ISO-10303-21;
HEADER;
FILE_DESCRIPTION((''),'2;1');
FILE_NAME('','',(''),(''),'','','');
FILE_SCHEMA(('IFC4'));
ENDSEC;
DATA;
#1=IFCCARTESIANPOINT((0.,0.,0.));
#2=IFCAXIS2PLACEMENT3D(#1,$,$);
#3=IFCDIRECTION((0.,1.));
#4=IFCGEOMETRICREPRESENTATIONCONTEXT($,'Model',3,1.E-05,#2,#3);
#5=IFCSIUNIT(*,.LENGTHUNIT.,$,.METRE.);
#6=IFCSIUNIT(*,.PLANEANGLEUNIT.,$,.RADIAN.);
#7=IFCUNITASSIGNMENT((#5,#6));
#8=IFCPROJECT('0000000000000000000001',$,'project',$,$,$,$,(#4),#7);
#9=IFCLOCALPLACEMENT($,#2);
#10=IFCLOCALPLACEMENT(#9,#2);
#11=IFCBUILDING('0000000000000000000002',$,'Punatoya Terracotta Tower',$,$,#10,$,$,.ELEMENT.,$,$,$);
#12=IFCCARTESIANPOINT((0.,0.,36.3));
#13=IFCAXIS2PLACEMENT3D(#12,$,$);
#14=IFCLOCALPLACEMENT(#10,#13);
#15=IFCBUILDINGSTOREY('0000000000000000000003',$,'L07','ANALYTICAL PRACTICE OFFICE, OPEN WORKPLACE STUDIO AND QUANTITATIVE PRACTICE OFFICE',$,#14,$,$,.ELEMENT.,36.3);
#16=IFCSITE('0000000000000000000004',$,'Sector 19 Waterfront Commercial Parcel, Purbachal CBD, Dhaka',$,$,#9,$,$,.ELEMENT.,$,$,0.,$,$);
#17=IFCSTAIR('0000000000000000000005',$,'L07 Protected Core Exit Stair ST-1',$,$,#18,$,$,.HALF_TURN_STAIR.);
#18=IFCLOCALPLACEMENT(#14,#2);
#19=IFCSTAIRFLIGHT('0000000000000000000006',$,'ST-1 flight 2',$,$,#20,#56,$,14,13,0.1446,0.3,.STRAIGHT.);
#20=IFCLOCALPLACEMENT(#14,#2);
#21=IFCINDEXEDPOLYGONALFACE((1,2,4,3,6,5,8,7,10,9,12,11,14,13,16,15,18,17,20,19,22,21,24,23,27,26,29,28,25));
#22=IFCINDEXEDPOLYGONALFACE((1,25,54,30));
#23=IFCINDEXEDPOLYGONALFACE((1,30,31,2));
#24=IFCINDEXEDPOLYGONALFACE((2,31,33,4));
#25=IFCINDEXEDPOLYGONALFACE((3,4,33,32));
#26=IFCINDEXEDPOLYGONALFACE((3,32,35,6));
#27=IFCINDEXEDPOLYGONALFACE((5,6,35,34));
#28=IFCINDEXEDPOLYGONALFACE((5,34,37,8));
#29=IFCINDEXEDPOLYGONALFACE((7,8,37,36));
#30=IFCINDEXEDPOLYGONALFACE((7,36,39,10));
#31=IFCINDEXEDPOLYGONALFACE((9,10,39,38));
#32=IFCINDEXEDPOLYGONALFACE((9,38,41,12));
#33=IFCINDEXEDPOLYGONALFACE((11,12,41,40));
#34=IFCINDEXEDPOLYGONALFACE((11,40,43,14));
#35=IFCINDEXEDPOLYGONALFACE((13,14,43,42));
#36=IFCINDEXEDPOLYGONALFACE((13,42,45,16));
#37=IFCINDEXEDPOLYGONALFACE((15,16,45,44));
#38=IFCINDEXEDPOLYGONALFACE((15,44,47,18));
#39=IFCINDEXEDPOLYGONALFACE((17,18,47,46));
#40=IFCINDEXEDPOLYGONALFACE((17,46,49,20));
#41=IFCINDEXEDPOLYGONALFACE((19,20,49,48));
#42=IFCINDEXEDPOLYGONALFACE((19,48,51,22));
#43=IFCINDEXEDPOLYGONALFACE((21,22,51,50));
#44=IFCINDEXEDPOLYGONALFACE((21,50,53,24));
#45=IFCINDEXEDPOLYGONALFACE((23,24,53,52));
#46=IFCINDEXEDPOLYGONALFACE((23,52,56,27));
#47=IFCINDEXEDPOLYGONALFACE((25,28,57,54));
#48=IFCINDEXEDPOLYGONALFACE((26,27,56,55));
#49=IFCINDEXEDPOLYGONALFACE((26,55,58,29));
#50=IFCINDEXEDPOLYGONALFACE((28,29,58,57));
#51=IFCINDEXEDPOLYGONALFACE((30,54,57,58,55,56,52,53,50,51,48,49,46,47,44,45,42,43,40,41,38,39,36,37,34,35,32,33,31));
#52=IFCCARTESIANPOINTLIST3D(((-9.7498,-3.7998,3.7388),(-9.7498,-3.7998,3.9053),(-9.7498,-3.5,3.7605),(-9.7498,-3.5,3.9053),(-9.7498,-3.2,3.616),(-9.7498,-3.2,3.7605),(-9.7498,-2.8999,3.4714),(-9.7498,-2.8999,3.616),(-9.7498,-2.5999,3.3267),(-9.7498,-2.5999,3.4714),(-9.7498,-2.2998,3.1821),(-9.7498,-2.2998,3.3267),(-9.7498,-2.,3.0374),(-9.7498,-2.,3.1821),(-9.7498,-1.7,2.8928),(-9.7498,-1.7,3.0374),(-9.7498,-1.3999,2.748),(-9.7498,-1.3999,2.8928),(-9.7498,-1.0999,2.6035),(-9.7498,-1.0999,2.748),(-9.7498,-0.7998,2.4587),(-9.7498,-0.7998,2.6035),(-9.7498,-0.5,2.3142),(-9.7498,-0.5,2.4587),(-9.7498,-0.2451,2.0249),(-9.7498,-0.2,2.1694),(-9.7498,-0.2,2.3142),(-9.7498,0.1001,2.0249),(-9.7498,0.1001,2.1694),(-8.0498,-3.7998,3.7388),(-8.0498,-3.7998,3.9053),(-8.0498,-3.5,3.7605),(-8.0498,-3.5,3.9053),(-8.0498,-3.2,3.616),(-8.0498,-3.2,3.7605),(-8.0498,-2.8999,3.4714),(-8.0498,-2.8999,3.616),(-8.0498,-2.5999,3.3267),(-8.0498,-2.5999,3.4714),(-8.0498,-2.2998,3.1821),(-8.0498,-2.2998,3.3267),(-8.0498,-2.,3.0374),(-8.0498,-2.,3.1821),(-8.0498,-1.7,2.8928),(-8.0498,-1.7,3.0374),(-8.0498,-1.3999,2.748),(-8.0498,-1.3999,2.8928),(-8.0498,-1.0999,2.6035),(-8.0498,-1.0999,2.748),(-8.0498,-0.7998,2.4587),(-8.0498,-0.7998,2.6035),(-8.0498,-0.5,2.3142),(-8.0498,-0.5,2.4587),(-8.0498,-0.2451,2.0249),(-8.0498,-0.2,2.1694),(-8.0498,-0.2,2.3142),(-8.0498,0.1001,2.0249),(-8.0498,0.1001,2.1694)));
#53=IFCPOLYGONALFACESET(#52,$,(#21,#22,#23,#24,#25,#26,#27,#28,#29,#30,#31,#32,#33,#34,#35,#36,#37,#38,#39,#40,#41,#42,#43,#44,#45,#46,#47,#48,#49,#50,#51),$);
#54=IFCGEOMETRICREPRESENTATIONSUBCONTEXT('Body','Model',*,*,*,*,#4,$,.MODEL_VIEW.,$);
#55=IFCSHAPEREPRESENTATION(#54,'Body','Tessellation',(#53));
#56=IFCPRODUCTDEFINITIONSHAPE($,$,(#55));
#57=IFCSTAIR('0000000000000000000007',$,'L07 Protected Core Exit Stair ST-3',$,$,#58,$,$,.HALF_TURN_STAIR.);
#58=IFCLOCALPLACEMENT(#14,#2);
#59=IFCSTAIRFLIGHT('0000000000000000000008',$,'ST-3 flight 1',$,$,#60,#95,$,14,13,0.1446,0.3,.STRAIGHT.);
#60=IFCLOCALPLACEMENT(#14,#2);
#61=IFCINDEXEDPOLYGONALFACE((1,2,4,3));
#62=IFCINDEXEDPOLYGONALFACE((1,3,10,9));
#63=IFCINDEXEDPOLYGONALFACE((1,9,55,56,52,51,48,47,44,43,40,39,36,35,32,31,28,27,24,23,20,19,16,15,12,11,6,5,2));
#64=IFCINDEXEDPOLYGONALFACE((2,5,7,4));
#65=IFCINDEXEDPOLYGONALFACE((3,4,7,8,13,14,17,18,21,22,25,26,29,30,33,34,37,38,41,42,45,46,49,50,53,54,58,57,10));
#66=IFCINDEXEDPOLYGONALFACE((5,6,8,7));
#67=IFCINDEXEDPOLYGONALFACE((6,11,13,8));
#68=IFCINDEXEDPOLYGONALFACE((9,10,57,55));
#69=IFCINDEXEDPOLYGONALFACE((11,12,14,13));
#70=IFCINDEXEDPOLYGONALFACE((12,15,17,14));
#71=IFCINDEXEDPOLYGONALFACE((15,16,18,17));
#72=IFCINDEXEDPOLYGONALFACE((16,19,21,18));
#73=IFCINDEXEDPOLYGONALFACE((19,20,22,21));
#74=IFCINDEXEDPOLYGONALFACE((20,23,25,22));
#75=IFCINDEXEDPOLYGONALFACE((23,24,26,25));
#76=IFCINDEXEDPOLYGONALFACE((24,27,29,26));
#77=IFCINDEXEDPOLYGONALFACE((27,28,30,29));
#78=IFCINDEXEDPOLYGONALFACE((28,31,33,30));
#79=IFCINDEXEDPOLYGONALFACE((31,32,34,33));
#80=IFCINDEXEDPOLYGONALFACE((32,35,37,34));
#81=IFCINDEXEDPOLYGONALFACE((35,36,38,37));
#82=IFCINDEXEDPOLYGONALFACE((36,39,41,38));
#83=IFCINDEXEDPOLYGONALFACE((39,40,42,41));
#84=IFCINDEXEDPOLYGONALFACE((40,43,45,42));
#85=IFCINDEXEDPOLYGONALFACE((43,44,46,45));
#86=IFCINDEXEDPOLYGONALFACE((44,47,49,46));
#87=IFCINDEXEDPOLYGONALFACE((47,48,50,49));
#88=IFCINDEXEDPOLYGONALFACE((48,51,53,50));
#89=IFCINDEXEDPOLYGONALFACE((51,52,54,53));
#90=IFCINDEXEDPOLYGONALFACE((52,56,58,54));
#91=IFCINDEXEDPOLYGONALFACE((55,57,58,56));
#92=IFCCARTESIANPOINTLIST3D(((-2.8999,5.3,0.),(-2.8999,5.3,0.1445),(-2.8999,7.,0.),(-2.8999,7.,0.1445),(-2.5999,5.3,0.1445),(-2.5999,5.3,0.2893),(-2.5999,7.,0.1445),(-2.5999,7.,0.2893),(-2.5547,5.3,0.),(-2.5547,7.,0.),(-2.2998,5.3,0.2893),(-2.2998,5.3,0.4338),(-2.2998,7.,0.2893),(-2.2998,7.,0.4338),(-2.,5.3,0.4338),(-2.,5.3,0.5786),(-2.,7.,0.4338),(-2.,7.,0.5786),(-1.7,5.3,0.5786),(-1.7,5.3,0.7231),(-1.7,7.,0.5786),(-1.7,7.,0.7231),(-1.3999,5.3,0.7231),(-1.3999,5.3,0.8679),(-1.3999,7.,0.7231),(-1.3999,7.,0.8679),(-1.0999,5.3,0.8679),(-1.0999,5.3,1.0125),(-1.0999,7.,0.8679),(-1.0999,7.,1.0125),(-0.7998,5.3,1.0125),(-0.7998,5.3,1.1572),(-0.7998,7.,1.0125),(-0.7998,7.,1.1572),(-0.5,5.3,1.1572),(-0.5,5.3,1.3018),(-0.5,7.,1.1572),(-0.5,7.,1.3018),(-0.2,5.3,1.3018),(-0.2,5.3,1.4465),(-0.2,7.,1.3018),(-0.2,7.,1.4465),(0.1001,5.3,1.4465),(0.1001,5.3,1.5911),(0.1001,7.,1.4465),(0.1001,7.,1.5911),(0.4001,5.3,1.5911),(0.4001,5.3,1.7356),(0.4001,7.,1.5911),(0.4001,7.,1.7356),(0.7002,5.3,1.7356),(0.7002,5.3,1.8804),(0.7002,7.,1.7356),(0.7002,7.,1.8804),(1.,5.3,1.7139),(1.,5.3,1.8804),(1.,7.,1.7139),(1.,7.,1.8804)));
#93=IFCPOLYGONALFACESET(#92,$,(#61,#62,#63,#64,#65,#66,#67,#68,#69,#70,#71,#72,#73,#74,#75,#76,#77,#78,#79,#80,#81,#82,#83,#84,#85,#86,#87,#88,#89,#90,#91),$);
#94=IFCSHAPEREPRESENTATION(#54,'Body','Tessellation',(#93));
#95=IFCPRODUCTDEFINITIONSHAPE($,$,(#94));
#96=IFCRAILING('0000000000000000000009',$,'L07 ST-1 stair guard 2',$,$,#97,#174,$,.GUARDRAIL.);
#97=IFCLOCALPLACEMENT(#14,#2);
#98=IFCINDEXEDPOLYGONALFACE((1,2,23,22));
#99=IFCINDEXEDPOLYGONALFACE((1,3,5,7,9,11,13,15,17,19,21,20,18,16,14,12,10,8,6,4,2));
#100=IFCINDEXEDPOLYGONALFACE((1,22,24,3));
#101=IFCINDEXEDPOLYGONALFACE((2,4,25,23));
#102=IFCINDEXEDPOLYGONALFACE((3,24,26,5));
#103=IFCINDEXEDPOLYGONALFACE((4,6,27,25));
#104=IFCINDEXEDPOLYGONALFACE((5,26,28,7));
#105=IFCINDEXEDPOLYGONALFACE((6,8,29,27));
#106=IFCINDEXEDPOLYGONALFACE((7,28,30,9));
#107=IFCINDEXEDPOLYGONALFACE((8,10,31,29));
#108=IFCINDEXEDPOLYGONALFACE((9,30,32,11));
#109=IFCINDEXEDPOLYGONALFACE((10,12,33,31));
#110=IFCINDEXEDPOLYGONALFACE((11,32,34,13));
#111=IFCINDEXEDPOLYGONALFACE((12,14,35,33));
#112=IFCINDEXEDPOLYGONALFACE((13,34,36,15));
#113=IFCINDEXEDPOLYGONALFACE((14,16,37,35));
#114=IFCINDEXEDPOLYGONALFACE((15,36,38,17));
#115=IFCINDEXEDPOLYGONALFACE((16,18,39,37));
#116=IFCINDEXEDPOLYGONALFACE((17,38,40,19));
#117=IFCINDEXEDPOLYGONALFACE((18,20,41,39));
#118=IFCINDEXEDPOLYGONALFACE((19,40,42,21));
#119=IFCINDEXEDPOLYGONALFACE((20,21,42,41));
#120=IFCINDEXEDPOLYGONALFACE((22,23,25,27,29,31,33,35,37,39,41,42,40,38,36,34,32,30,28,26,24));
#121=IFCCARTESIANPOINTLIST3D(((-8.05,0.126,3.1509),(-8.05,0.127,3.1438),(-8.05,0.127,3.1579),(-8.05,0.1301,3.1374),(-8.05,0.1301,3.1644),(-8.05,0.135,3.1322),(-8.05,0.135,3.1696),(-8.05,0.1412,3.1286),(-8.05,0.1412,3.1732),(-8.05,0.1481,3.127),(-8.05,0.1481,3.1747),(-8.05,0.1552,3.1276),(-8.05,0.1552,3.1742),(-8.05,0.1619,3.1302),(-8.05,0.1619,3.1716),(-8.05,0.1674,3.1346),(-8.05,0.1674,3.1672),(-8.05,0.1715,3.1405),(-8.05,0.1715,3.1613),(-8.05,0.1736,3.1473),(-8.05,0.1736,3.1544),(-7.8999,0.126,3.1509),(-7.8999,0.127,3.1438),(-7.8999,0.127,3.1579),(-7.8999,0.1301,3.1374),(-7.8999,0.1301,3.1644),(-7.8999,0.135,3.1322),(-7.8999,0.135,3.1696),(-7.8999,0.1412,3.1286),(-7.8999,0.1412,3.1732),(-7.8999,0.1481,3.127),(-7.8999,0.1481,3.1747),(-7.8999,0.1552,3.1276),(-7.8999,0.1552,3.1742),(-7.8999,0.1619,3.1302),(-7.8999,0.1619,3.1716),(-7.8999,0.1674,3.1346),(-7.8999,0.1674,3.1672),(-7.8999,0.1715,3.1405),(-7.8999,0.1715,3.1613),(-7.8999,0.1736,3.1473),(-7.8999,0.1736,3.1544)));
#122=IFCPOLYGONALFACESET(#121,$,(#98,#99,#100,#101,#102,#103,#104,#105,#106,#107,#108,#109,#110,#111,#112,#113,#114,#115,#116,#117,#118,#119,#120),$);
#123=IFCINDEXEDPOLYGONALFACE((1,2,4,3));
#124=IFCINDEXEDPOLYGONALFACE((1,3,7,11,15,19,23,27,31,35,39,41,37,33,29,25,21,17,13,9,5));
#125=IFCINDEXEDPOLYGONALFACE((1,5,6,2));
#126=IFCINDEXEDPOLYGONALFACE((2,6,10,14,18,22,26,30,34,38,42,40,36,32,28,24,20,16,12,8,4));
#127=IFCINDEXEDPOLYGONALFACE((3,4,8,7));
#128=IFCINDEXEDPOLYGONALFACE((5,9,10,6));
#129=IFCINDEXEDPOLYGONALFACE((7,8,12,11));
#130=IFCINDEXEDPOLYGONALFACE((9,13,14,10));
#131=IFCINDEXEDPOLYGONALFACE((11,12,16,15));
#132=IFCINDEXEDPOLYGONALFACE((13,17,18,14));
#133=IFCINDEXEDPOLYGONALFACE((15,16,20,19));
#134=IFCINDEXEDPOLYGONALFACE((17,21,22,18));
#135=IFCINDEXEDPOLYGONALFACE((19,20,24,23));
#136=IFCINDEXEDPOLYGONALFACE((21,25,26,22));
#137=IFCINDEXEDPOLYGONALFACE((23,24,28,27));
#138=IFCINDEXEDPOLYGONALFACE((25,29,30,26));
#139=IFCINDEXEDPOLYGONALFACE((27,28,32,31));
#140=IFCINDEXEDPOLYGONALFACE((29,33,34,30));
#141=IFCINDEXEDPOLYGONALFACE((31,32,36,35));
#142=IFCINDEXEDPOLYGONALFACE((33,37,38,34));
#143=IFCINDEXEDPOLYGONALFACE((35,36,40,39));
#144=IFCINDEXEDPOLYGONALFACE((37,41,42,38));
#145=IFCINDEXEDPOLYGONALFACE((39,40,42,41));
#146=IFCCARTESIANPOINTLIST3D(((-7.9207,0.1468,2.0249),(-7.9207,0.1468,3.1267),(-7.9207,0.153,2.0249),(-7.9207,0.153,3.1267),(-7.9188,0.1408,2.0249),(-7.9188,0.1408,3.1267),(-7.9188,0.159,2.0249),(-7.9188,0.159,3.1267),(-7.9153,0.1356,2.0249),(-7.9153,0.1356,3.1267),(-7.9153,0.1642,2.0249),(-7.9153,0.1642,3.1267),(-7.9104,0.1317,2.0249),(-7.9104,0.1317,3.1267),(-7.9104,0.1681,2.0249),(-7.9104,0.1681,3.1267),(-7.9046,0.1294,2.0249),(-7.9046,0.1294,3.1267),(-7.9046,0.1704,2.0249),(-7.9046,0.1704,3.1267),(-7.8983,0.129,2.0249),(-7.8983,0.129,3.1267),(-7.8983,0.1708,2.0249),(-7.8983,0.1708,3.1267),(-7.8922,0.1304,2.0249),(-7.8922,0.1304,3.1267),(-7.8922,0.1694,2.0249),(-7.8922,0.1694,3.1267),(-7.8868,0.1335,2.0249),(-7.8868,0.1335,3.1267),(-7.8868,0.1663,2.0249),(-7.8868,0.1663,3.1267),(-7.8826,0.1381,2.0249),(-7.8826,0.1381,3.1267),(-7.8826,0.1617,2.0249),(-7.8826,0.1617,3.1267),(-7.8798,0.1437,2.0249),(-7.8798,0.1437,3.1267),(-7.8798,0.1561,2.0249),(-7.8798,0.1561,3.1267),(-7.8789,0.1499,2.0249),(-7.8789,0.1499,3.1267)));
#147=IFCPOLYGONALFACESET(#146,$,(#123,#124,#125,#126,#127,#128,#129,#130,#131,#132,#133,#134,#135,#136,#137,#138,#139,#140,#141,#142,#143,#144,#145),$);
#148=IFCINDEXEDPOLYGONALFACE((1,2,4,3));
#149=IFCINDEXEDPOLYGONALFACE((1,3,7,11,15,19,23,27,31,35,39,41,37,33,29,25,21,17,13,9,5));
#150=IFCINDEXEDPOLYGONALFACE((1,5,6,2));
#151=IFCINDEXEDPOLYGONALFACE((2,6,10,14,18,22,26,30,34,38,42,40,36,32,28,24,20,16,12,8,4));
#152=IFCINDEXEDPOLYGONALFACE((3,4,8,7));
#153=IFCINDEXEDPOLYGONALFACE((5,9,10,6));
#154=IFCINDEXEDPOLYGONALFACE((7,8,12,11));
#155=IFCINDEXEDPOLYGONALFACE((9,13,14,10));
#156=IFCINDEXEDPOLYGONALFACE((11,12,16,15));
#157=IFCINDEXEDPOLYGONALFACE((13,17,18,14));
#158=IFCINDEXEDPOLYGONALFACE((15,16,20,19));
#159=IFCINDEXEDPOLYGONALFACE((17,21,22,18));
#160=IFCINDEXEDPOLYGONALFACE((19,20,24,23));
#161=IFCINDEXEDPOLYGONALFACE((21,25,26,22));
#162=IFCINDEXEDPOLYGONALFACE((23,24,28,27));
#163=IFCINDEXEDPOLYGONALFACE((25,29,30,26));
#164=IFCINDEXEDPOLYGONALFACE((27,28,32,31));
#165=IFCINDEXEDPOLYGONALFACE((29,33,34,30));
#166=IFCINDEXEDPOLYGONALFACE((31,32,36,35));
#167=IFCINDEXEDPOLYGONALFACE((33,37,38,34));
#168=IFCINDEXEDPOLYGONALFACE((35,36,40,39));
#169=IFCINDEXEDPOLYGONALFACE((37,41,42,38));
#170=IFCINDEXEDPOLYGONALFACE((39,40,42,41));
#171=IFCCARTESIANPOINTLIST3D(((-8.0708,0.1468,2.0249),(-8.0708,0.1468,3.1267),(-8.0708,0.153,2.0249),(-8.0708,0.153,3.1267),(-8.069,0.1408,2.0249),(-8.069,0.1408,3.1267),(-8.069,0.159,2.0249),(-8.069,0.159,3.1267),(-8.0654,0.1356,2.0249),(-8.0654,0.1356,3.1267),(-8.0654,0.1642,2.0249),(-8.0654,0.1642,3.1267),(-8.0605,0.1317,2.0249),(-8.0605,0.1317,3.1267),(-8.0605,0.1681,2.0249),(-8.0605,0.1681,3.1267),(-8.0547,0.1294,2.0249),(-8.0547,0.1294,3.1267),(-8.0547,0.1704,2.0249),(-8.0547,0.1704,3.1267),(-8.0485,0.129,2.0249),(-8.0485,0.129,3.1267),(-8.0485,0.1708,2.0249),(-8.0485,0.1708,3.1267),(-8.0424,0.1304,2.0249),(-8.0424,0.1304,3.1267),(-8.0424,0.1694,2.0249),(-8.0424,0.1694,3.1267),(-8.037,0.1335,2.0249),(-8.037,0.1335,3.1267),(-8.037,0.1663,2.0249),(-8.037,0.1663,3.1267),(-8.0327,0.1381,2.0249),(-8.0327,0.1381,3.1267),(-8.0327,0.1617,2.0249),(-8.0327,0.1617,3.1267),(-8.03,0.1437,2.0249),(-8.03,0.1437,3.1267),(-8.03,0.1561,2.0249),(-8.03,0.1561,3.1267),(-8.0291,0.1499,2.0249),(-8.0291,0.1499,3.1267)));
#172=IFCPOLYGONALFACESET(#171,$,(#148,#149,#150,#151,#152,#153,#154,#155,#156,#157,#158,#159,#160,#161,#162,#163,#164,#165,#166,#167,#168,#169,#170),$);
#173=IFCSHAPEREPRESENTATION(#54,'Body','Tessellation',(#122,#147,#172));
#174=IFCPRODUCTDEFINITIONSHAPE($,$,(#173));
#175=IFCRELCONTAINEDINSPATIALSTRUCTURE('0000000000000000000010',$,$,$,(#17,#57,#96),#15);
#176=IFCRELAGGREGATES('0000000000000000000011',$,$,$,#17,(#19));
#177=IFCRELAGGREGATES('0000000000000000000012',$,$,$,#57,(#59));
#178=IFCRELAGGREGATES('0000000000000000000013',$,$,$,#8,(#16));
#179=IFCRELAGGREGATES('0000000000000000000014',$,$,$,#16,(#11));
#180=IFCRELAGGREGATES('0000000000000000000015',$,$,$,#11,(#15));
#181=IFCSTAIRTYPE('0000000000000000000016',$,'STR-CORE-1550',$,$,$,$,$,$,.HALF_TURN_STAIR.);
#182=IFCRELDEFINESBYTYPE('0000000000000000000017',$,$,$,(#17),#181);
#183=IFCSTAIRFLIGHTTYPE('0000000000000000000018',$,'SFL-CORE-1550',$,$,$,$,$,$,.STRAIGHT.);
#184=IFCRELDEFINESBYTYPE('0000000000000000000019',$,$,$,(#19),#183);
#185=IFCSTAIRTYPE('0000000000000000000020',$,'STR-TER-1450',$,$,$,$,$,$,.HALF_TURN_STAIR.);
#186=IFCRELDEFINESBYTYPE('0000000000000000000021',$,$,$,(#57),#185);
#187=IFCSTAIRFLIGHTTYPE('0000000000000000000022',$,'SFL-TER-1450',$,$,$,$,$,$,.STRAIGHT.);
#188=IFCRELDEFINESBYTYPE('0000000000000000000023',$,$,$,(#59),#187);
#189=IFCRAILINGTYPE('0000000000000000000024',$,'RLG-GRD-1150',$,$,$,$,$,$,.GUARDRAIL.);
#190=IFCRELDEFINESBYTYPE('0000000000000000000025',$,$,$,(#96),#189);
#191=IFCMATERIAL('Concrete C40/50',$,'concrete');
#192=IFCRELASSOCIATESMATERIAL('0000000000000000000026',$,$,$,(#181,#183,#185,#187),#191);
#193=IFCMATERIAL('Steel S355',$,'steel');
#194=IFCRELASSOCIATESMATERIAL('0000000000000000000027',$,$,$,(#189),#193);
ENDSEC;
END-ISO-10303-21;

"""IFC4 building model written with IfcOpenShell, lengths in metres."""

from ifc_helpers import new_model, si_unit, direction, frame, origin, origin_2d, place, context, subcontext, project, spatial, polyline, circle, outline, extrude, material, type_object, element, aggregate, save


model = new_model("IFC4")

# Units and contexts
model_context = context("Model", 3, precision=1e-05, world=origin(), true_north=direction((0.0, 1.0)))
body_context = subcontext(model_context, "Body", "Model", "MODEL_VIEW")
ifc_project = project(units=[si_unit("LENGTHUNIT", "METRE"), si_unit("PLANEANGLEUNIT", "RADIAN")], contexts=[model_context])

# Site, building, storey
site_placement = place(None, origin())
site = spatial("IfcSite", under=ifc_project, at=site_placement, Name="Sector 19 Waterfront Commercial Parcel, Purbachal CBD, Dhaka", CompositionType="ELEMENT", RefElevation=0.0)
building_placement = place(site_placement, origin())
building = spatial("IfcBuilding", under=site, at=building_placement, Name="Punatoya Terracotta Tower", CompositionType="ELEMENT")
storey_placement = place(building_placement, frame((0.0, 0.0, 36.3)))
storey = spatial("IfcBuildingStorey", under=building, at=storey_placement, Name="L07", Description="ANALYTICAL PRACTICE OFFICE, OPEN WORKPLACE STUDIO AND QUANTITATIVE PRACTICE OFFICE", CompositionType="ELEMENT", Elevation=36.3)

# Shared definitions
ifc_material_1 = material(Name="Steel S355", Category="steel")

# Shared definitions
ifc_material_2 = material(Name="Concrete C40/50", Category="concrete")

# Stairs, stair flights
stair_type_1 = type_object("IfcStairType", Name="STR-CORE-1550", PredefinedType="HALF_TURN_STAIR", material=ifc_material_2)
stair_1_placement = place(storey_placement, origin())
stair_1 = element("IfcStair", 1, at=stair_1_placement, inside=storey, type_object=stair_type_1, Name="L07 Protected Core Exit Stair ST-1", PredefinedType="HALF_TURN_STAIR")
stair_flight_type_1 = type_object("IfcStairFlightType", Name="SFL-CORE-1550", PredefinedType="STRAIGHT", material=ifc_material_2)
stair_flight_1_placement = place(storey_placement, frame((-8.8999, 0.1001, 2.0249), z_axis=(0.0, 0.0, 1.0), x_axis=(0.0, -1.0, 0.0)))
stair_flight_1 = element("IfcStairFlight", 2, at=stair_flight_1_placement, type_object=stair_flight_type_1, Name="ST-1 flight 2", NumberOfRisers=14, NumberOfTreads=13, PredefinedType="STRAIGHT", RiserHeight=0.1446, TreadLength=0.3, context=body_context, shape_type="SweptSolid", body=[
    extrude(outline(polyline([(0.0, 0.0), (0.0, 0.1445), (0.3, 0.1445), (0.3, 0.2893), (0.6001, 0.2893), (0.6001, 0.4338), (0.8999, 0.4338), (0.8999, 0.5786), (1.2, 0.5786), (1.2, 0.7231), (1.5, 0.7231), (1.5, 0.8679), (1.8, 0.8679), (1.8, 1.0125), (2.1001, 1.0125), (2.1001, 1.1572), (2.3999, 1.1572), (2.3999, 1.3018), (2.7, 1.3018), (2.7, 1.4465), (3.0, 1.4465), (3.0, 1.5911), (3.3, 1.5911), (3.3, 1.7356), (3.6001, 1.7356), (3.6001, 1.8804), (3.8999, 1.8804), (3.8999, 2.0249), (3.8999, 1.7139), (0.3452, 0.0), (0.0, 0.0)])), frame((0.0, 0.8501, 0.0), z_axis=(0.0, -1.0, 0.0), x_axis=(1.0, 0.0, 0.0)), (0.0, 0.0, 1.0), 1.7),
])
aggregate(stair_1, [stair_flight_1])
stair_type_2 = type_object("IfcStairType", Name="STR-TER-1450", PredefinedType="HALF_TURN_STAIR", material=ifc_material_2)
stair_2_placement = place(storey_placement, origin())
stair_2 = element("IfcStair", 3, at=stair_2_placement, inside=storey, type_object=stair_type_2, Name="L07 Protected Core Exit Stair ST-3", PredefinedType="HALF_TURN_STAIR")
stair_flight_type_2 = type_object("IfcStairFlightType", Name="SFL-TER-1450", PredefinedType="STRAIGHT", material=ifc_material_2)
stair_flight_2_placement = place(storey_placement, frame((-2.8999, 6.1499, 0.0), z_axis=(0.0, 0.0, 1.0), x_axis=(1.0, 0.0, 0.0)))
stair_flight_2 = element("IfcStairFlight", 4, at=stair_flight_2_placement, type_object=stair_flight_type_2, Name="ST-3 flight 1", NumberOfRisers=14, NumberOfTreads=13, PredefinedType="STRAIGHT", RiserHeight=0.1446, TreadLength=0.3, context=body_context, shape_type="SweptSolid", body=[
    extrude(outline(polyline([(0.0, 0.0), (0.0, 0.1445), (0.3, 0.1445), (0.3, 0.2893), (0.6001, 0.2893), (0.6001, 0.4338), (0.8999, 0.4338), (0.8999, 0.5786), (1.2, 0.5786), (1.2, 0.7231), (1.5, 0.7231), (1.5, 0.8679), (1.8, 0.8679), (1.8, 1.0125), (2.1001, 1.0125), (2.1001, 1.1572), (2.3999, 1.1572), (2.3999, 1.3018), (2.7, 1.3018), (2.7, 1.4465), (3.0, 1.4465), (3.0, 1.5911), (3.3, 1.5911), (3.3, 1.7356), (3.6001, 1.7356), (3.6001, 1.8804), (3.8999, 1.8804), (3.8999, 2.0249), (3.8999, 1.7139), (0.3452, 0.0), (0.0, 0.0)])), frame((0.0, 0.8501, 0.0), z_axis=(0.0, -1.0, 0.0), x_axis=(1.0, 0.0, 0.0)), (0.0, 0.0, 1.0), 1.7),
])
aggregate(stair_2, [stair_flight_2])

# Railing
railing_type_1 = type_object("IfcRailingType", Name="RLG-GRD-1150", PredefinedType="GUARDRAIL", material=ifc_material_1)
railing_1_placement = place(storey_placement, frame((-7.8999, 0.1499, 2.0249)))
element("IfcRailing", 5, at=railing_1_placement, inside=storey, type_object=railing_type_1, Name="L07 ST-1 stair guard 2", PredefinedType="GUARDRAIL", context=body_context, shape_type="SweptSolid", body=[
    extrude(circle(Radius=0.0239, at=origin_2d()), frame((0.0, 0.0, 1.126), z_axis=(-1.0, 0.0, 0.0), x_axis=(0.0, -1.0, 0.0)), (0.0, 0.0, 1.0), 0.1501),
    extrude(circle(Radius=0.021, at=origin_2d()), origin(), (0.0, 0.0, 1.0), 1.1018),
    extrude(circle(Radius=0.021, at=origin_2d()), frame((-0.1501, 0.0, 0.0)), (0.0, 0.0, 1.0), 1.1018),
])

save(model, "model.ifc")
